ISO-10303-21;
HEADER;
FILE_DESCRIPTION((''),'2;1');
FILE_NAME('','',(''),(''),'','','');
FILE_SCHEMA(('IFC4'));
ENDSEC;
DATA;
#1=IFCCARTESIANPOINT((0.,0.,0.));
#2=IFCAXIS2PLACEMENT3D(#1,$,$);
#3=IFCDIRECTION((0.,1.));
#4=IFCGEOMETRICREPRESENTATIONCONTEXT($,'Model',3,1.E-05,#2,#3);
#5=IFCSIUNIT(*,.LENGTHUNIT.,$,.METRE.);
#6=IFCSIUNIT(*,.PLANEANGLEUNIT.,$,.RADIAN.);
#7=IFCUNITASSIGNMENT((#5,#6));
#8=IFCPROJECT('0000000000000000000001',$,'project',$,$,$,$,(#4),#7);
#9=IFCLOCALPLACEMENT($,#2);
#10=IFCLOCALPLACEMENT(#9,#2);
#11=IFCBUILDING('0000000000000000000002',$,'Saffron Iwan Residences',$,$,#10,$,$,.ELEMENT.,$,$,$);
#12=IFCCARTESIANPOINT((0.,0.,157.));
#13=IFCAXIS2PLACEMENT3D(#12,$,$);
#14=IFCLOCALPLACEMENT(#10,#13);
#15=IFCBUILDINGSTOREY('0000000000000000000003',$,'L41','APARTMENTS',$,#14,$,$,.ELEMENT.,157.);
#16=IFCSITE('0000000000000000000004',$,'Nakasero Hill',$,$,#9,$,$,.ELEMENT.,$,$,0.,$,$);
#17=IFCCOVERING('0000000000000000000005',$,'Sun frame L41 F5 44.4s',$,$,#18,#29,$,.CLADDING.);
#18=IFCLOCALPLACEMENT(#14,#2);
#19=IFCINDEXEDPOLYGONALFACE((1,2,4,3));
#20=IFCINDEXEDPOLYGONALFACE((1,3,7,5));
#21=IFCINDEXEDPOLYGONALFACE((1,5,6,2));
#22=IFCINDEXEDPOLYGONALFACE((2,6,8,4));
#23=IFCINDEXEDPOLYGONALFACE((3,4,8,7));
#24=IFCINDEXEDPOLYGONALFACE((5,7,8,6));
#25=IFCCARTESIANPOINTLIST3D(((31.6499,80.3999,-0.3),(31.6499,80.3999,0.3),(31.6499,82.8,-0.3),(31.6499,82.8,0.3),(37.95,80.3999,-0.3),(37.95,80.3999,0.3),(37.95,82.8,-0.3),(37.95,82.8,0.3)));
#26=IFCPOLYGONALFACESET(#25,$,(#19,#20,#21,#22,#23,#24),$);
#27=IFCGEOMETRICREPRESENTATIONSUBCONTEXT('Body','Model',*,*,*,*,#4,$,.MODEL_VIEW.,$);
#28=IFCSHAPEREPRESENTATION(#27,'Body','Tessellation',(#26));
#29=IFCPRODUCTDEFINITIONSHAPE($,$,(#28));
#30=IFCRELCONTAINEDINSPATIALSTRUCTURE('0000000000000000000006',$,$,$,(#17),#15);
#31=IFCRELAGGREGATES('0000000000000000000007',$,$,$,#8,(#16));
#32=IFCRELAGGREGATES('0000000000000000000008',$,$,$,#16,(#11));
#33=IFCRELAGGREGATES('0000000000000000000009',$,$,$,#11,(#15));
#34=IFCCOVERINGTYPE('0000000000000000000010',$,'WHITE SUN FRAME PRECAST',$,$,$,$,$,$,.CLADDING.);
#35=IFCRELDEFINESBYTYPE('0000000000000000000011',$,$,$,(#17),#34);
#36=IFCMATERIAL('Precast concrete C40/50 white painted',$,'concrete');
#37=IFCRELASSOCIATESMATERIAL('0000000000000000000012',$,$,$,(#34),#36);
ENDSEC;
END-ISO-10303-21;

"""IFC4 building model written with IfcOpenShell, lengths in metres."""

from ifc_helpers import new_model, si_unit, direction, frame, origin, place, context, subcontext, project, spatial, polyline, outline, extrude, material, type_object, element, save


model = new_model("IFC4")

# Units and contexts
model_context = context("Model", 3, precision=1e-05, world=origin(), true_north=direction((0.0, 1.0)))
body_context = subcontext(model_context, "Body", "Model", "MODEL_VIEW")
ifc_project = project(units=[si_unit("LENGTHUNIT", "METRE"), si_unit("PLANEANGLEUNIT", "RADIAN")], contexts=[model_context])

# Site, building, storey
site_placement = place(None, origin())
site = spatial("IfcSite", under=ifc_project, at=site_placement, Name="Nakasero Hill", CompositionType="ELEMENT", RefElevation=0.0)
building_placement = place(site_placement, origin())
building = spatial("IfcBuilding", under=site, at=building_placement, Name="Saffron Iwan Residences", CompositionType="ELEMENT")
storey_placement = place(building_placement, frame((0.0, 0.0, 157.0)))
storey = spatial("IfcBuildingStorey", under=building, at=storey_placement, Name="L41", Description="APARTMENTS", CompositionType="ELEMENT", Elevation=157.0)

# Covering
ifc_material_1 = material(Name="Precast concrete C40/50 white painted", Category="concrete")
covering_type = type_object("IfcCoveringType", Name="WHITE SUN FRAME PRECAST", PredefinedType="CLADDING", material=ifc_material_1)
for number, where, z_axis, x_axis, name in (
    (1, (37.95, 80.3999, -0.3), (0.0, 1.0, 0.0), (-1.0, 0.0, 0.0), "Sun frame L41 F5 44.4s"),
):
    element("IfcCovering", number, at=place(storey_placement, frame(where, z_axis=z_axis, x_axis=x_axis)), inside=storey, type_object=covering_type, Name=name, PredefinedType="CLADDING", context=body_context, shape_type="SweptSolid", body=[
        extrude(outline(polyline([(0.0, 0.0), (6.3, 0.0), (6.3, 0.6001), (0.0, 0.6001), (0.0, 0.0)])), origin(), (0.0, 0.0, 1.0), 2.4001),
    ])

save(model, "model.ifc")
